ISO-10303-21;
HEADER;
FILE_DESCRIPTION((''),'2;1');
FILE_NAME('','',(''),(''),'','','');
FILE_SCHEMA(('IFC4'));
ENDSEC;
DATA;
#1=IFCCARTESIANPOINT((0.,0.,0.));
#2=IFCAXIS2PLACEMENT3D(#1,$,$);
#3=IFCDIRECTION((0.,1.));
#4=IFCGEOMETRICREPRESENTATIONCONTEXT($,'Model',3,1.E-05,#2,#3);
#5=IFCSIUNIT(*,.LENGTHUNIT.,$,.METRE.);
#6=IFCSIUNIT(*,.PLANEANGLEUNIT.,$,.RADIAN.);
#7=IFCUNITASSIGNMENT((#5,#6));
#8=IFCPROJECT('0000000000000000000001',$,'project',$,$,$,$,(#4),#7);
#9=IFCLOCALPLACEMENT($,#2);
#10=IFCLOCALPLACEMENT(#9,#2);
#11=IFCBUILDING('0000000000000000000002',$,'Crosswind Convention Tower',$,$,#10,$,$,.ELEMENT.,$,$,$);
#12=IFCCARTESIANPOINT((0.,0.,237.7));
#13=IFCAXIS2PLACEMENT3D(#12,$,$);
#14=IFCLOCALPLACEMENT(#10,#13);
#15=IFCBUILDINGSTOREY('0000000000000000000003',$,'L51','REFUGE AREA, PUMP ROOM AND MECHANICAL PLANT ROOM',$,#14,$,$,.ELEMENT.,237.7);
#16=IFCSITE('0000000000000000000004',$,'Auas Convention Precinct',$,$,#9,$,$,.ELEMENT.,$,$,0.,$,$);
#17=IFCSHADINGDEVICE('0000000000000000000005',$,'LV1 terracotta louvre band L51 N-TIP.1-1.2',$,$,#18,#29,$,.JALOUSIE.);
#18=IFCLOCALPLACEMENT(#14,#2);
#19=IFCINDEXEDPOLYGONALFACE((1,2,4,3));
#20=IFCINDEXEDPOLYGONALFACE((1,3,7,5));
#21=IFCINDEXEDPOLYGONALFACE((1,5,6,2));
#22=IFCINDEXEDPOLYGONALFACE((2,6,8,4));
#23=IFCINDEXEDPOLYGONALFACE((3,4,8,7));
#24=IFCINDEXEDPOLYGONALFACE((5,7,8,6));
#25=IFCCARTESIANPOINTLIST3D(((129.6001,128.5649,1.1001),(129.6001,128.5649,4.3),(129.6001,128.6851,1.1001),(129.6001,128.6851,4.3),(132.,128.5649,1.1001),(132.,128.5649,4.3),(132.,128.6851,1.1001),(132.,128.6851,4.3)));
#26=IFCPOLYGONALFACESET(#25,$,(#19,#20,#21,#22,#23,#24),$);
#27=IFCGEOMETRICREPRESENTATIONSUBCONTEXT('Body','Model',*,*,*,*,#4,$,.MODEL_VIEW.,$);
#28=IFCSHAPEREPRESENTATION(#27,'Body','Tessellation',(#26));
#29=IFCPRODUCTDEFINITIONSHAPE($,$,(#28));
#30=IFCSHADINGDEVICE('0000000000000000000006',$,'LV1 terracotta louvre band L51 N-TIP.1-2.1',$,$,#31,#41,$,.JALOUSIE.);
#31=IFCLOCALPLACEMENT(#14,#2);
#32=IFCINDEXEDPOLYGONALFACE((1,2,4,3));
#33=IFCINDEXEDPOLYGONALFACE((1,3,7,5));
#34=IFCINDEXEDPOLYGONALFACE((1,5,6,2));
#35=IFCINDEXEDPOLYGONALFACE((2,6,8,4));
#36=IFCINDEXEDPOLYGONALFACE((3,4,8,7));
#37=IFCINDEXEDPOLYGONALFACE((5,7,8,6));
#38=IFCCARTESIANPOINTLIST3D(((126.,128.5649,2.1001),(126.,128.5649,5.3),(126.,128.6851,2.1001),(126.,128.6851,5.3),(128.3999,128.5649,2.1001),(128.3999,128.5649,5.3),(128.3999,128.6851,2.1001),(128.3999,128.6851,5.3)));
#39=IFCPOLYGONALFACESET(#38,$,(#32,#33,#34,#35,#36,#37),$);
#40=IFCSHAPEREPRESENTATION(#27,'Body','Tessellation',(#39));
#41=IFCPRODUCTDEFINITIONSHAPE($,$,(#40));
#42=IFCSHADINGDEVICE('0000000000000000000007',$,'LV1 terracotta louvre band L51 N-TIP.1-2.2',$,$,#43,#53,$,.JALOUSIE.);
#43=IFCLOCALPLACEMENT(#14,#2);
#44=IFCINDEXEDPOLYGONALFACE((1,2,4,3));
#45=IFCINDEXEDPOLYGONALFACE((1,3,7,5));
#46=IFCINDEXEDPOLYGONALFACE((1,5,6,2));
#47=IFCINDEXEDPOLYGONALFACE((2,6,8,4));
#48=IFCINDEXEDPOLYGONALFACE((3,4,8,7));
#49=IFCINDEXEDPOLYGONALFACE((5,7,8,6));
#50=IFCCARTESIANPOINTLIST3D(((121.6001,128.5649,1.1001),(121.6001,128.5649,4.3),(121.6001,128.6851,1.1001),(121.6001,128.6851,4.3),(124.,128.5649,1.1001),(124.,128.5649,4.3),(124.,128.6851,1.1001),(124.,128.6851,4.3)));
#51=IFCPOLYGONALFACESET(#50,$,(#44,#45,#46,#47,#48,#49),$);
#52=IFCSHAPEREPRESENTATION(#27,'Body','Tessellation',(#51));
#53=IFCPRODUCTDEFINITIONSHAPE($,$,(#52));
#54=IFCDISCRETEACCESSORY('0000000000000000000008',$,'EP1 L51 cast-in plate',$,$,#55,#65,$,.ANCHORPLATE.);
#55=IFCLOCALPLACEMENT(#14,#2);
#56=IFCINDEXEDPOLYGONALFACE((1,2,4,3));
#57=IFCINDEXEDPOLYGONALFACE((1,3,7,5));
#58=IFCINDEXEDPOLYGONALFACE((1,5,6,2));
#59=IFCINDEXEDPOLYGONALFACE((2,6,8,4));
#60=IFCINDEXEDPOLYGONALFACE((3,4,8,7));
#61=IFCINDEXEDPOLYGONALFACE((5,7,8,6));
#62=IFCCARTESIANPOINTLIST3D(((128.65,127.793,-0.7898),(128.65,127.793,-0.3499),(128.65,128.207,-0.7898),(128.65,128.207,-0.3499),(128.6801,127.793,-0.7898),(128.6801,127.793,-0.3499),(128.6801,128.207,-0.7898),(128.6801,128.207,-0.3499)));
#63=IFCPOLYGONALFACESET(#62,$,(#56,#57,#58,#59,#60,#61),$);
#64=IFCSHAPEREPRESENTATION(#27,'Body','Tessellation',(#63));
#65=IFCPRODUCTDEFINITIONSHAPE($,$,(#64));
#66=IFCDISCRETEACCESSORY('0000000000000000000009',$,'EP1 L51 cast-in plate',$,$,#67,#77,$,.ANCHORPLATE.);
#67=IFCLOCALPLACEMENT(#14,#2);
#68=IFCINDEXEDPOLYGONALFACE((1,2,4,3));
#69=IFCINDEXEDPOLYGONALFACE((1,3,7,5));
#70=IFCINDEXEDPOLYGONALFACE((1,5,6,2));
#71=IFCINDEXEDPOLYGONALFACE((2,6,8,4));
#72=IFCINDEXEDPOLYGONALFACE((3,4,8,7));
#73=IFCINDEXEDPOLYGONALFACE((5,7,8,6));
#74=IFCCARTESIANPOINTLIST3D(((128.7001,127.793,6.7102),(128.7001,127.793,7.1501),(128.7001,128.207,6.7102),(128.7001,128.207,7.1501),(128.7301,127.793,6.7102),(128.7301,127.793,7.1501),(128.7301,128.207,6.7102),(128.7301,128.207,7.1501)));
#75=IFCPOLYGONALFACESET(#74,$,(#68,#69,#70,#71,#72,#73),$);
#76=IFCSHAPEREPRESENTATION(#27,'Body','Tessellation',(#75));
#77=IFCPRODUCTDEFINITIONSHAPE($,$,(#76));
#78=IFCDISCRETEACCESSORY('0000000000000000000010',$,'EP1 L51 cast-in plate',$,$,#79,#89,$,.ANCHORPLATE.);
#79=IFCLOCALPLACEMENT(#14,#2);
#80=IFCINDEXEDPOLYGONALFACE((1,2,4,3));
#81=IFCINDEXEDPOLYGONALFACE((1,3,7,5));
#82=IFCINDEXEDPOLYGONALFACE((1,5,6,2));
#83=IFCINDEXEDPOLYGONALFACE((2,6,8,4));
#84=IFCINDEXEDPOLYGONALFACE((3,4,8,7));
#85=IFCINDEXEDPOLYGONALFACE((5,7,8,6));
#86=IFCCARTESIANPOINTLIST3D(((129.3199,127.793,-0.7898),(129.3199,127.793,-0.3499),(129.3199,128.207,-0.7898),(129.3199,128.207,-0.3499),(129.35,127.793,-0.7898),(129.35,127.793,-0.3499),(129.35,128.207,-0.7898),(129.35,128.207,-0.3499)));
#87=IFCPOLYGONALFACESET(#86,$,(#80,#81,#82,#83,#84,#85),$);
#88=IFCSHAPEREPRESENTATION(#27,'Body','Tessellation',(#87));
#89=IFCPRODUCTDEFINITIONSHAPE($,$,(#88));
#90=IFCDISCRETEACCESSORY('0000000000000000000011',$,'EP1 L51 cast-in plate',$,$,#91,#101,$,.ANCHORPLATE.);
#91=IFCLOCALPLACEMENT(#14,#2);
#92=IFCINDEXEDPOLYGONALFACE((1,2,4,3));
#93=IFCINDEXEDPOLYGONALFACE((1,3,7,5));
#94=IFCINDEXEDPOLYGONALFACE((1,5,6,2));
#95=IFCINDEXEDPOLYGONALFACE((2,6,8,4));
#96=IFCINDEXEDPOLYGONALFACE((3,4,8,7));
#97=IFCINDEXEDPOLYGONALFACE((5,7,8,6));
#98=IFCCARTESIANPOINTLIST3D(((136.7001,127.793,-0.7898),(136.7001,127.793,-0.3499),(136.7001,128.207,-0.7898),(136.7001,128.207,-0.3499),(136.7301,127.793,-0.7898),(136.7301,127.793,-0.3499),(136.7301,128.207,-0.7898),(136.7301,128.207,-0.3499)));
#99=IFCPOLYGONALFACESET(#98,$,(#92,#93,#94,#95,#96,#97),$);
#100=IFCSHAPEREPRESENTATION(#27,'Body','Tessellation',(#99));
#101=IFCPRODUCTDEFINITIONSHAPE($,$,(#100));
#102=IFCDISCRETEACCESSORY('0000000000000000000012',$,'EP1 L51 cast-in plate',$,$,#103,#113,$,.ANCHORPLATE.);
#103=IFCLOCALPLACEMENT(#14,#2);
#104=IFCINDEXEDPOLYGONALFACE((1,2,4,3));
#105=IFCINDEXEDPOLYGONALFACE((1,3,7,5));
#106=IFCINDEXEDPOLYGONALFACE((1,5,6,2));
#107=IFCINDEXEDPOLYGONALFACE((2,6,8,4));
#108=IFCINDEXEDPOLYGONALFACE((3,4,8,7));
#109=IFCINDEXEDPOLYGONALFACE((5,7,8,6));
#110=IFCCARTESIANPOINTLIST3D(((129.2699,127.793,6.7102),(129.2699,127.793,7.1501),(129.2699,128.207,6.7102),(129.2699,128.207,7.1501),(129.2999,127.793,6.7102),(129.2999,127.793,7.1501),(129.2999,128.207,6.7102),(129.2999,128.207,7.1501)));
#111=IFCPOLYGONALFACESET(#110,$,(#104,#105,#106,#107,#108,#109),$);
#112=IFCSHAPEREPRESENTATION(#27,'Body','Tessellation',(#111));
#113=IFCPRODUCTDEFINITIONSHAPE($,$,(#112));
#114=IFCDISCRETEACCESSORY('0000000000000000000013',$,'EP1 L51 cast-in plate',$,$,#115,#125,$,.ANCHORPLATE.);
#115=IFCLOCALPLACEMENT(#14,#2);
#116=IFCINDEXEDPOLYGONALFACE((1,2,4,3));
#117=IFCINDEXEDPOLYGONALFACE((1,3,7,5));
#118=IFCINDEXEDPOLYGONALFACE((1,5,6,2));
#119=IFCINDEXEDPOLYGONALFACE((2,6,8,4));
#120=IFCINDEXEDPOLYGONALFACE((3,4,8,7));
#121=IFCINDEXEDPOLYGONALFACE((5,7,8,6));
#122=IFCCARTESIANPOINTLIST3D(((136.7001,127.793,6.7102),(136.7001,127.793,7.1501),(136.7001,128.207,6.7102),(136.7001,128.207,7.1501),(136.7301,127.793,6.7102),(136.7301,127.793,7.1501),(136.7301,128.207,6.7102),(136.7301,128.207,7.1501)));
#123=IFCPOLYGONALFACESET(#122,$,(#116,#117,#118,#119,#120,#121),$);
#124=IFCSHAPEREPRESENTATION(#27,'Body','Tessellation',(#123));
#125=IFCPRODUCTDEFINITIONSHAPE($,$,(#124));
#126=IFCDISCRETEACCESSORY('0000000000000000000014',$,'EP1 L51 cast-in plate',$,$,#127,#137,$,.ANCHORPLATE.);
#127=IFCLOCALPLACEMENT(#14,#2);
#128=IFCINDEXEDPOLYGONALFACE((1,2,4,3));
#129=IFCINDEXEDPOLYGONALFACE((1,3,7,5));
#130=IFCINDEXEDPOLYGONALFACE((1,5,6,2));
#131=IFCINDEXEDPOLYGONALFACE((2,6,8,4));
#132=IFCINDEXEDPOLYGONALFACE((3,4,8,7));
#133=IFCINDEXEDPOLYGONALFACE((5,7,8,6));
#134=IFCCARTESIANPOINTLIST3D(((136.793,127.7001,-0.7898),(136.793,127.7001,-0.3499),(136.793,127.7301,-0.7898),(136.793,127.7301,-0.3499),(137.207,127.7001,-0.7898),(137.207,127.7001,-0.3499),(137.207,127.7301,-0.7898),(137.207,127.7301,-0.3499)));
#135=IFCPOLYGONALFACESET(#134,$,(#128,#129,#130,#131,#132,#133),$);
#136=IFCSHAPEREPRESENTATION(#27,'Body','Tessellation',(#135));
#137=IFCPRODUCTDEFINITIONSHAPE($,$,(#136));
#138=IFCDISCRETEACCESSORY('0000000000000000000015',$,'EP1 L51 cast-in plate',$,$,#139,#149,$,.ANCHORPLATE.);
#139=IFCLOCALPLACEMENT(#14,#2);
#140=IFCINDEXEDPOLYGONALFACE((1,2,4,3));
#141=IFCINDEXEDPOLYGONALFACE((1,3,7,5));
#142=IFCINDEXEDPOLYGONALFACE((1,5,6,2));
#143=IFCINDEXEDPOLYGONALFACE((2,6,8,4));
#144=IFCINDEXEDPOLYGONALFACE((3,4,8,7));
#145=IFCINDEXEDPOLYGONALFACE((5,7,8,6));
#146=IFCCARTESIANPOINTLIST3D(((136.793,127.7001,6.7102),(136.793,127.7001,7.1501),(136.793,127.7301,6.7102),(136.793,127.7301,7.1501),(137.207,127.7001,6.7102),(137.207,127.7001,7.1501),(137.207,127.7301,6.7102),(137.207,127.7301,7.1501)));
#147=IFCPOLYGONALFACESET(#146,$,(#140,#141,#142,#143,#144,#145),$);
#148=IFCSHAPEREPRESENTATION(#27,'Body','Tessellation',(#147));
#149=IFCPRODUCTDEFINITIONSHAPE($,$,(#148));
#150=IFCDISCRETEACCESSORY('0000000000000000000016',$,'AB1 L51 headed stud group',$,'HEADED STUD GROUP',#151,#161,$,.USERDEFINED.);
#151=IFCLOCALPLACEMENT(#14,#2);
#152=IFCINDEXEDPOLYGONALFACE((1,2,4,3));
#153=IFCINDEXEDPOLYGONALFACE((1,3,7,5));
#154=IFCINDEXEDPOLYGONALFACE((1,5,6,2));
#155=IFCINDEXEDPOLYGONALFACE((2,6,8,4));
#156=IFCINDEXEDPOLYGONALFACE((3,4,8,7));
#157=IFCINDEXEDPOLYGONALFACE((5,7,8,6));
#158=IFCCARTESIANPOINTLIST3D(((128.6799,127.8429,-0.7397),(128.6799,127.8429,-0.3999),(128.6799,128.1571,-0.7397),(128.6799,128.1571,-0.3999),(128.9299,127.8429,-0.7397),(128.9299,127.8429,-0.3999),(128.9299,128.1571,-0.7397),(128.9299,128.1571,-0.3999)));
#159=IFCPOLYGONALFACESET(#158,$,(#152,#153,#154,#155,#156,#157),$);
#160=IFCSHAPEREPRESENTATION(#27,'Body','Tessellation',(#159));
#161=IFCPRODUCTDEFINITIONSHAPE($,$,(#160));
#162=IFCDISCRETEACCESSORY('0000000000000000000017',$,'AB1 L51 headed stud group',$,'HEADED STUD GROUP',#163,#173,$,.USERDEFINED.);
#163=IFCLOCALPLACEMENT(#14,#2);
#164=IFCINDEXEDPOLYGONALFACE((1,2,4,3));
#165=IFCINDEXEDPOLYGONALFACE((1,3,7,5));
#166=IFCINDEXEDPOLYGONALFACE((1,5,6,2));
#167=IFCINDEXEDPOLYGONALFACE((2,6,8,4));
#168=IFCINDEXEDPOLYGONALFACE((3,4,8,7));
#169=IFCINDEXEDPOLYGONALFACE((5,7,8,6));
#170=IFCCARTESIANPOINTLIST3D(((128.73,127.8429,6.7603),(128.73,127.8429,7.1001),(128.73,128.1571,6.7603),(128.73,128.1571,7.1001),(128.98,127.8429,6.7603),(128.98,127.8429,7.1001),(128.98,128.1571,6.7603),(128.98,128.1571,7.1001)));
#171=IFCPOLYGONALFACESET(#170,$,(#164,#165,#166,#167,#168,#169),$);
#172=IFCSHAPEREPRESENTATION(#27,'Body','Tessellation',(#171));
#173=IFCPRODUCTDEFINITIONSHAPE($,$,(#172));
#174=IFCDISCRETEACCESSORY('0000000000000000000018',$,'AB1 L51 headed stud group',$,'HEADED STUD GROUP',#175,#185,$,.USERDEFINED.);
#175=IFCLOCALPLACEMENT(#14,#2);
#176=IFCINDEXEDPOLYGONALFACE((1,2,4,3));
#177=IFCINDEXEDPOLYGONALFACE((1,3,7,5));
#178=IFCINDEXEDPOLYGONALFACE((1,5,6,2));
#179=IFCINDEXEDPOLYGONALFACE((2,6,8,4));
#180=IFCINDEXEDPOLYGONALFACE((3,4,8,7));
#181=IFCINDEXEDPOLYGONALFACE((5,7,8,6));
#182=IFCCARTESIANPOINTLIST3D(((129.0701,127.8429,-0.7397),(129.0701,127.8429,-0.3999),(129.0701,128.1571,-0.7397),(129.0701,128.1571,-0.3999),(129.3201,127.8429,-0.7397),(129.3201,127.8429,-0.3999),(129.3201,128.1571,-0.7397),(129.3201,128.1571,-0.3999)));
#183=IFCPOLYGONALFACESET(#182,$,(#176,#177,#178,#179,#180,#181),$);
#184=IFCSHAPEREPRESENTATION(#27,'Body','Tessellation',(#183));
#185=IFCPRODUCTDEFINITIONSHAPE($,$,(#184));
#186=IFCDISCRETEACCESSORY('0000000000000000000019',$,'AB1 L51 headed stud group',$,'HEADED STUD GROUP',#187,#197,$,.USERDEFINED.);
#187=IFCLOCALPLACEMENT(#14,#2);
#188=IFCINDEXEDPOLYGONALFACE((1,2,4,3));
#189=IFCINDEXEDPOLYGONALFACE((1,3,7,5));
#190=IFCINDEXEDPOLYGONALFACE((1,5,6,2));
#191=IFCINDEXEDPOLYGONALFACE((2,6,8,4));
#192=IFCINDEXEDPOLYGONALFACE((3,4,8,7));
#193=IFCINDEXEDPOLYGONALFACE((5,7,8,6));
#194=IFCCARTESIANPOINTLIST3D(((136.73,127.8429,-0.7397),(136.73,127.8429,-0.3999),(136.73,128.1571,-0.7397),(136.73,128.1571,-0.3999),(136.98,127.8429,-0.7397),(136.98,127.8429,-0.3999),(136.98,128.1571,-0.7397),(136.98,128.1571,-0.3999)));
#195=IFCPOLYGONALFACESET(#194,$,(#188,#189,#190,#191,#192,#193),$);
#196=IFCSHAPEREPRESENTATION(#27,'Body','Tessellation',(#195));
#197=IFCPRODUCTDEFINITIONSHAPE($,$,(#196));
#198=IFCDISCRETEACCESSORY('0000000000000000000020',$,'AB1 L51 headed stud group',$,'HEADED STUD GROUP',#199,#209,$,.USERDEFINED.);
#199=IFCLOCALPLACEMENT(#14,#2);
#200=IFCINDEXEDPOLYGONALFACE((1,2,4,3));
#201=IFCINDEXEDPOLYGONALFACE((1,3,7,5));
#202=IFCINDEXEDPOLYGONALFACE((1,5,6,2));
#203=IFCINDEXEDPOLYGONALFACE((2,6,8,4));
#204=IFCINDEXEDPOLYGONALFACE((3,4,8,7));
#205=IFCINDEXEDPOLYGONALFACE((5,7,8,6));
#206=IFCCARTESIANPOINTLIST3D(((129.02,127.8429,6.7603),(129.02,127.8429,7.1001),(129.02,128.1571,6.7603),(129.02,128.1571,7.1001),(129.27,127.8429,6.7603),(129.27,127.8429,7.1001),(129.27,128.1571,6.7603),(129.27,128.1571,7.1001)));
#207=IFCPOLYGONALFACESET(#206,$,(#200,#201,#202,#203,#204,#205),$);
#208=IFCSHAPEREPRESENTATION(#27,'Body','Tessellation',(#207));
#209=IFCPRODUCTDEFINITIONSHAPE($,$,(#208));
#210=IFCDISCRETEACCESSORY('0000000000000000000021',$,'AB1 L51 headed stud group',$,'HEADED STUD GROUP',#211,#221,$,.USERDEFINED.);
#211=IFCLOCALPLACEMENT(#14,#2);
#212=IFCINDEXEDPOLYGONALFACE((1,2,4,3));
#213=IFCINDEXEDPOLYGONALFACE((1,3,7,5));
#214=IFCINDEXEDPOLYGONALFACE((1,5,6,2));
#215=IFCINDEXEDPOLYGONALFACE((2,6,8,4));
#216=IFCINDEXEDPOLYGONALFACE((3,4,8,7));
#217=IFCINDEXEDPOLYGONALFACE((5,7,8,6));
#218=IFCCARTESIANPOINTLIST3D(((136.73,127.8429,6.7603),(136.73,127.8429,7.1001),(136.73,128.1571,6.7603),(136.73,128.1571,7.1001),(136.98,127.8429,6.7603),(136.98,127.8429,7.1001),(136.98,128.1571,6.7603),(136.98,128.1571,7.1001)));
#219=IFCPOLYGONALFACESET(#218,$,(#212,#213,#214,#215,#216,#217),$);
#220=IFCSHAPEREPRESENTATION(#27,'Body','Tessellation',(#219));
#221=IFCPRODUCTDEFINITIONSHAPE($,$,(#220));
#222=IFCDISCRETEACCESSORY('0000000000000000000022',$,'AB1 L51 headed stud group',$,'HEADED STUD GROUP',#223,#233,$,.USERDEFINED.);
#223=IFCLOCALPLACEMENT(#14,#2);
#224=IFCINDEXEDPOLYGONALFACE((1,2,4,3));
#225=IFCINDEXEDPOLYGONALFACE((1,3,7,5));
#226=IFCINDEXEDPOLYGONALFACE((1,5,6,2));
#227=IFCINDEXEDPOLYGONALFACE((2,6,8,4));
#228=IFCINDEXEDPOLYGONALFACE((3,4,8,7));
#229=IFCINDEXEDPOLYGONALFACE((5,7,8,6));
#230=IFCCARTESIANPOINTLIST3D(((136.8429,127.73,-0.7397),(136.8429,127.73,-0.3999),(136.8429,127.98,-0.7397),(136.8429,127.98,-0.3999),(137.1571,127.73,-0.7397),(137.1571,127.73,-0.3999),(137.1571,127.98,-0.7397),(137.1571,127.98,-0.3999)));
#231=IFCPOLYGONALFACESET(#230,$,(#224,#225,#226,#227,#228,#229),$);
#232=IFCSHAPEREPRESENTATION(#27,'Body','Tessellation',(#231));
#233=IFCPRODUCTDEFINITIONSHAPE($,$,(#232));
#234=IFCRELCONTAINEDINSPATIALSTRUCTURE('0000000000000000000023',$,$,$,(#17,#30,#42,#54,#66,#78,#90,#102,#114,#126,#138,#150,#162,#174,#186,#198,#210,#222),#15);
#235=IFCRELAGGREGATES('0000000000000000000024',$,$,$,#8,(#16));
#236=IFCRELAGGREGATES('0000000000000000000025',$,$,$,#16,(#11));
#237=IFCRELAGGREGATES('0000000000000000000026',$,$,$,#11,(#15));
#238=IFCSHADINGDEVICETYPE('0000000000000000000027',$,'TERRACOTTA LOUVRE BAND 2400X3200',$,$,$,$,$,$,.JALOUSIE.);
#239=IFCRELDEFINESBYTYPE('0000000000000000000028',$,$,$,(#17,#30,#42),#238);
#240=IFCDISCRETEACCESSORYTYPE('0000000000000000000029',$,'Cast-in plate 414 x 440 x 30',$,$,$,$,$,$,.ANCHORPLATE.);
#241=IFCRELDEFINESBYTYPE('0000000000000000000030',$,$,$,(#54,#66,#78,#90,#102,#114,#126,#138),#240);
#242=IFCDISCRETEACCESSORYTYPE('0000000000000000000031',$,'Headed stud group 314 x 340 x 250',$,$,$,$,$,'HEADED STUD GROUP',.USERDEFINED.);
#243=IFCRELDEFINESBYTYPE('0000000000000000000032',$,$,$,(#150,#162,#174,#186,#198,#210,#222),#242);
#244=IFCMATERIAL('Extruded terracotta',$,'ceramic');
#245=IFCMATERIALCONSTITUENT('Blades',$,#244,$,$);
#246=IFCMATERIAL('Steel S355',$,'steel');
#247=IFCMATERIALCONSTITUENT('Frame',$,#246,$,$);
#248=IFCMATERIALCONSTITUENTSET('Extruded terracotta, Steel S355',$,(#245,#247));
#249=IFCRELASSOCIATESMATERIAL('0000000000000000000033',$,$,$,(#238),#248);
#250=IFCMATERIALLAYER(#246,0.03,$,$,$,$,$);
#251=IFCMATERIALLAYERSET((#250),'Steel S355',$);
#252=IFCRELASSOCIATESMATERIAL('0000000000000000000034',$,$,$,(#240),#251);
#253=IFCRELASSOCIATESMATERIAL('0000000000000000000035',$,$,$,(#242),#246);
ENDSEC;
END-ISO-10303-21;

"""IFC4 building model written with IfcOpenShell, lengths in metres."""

from ifc_helpers import new_model, si_unit, direction, frame, origin, origin_2d, place, context, subcontext, project, spatial, rectangle, extrude, material, layer, layer_set, constituent, constituent_set, type_object, element, save


model = new_model("IFC4")

# Units and contexts
model_context = context("Model", 3, precision=1e-05, world=origin(), true_north=direction((0.0, 1.0)))
body_context = subcontext(model_context, "Body", "Model", "MODEL_VIEW")
ifc_project = project(units=[si_unit("LENGTHUNIT", "METRE"), si_unit("PLANEANGLEUNIT", "RADIAN")], contexts=[model_context])

# Site, building, storey
site_placement = place(None, origin())
site = spatial("IfcSite", under=ifc_project, at=site_placement, Name="Auas Convention Precinct", CompositionType="ELEMENT", RefElevation=0.0)
building_placement = place(site_placement, origin())
building = spatial("IfcBuilding", under=site, at=building_placement, Name="Crosswind Convention Tower", CompositionType="ELEMENT")
storey_placement = place(building_placement, frame((0.0, 0.0, 237.7)))
storey = spatial("IfcBuildingStorey", under=building, at=storey_placement, Name="L51", Description="REFUGE AREA, PUMP ROOM AND MECHANICAL PLANT ROOM", CompositionType="ELEMENT", Elevation=237.7)

# Shared definitions
ifc_material_1 = material(Name="Steel S355", Category="steel")

# Shading devices
ifc_material_2 = material(Name="Extruded terracotta", Category="ceramic")
ifc_constituent_1 = constituent(ifc_material_2, Name="Blades")
ifc_constituent_2 = constituent(ifc_material_1, Name="Frame")
ifc_constituent_set = constituent_set(constituents=[ifc_constituent_1, ifc_constituent_2], Name="Extruded terracotta, Steel S355")
shading_device_type = type_object("IfcShadingDeviceType", Name="TERRACOTTA LOUVRE BAND 2400X3200", PredefinedType="JALOUSIE", material=ifc_constituent_set)
for number, where, z_axis, x_axis, name in (
    (1, (130.8, 128.625, 1.1001), (0.0, 0.0, 1.0), (-1.0, 0.0, 0.0), "LV1 terracotta louvre band L51 N-TIP.1-1.2"),
    (2, (127.2, 128.625, 2.1001), (0.0, 0.0, 1.0), (-1.0, 0.0, 0.0), "LV1 terracotta louvre band L51 N-TIP.1-2.1"),
    (3, (122.8, 128.625, 1.1001), (0.0, 0.0, 1.0), (-1.0, 0.0, 0.0), "LV1 terracotta louvre band L51 N-TIP.1-2.2"),
):
    element("IfcShadingDevice", number, at=place(storey_placement, frame(where, z_axis=z_axis, x_axis=x_axis)), inside=storey, type_object=shading_device_type, Name=name, PredefinedType="JALOUSIE", context=body_context, shape_type="SweptSolid", body=[
        extrude(rectangle(XDim=2.3999, YDim=0.1201, at=origin_2d()), origin(), (0.0, 0.0, 1.0), 3.2),
    ])

# Discrete accessories
ifc_layer_1 = layer(ifc_material_1, 0.03)
ifc_layer_set_1 = layer_set([ifc_layer_1], Name="Steel S355")
discrete_accessory_type_1 = type_object("IfcDiscreteAccessoryType", Name="Cast-in plate 414 x 440 x 30", PredefinedType="ANCHORPLATE", material=ifc_layer_set_1)
for number, where, z_axis, x_axis, name in (
    (4, (128.665, 128.0, -0.7898), (0.0, 0.0, 1.0), (1.0, 0.0, 0.0), "EP1 L51 cast-in plate"),
    (5, (128.7151, 128.0, 6.7102), (0.0, 0.0, 1.0), (1.0, 0.0, 0.0), "EP1 L51 cast-in plate"),
    (6, (129.335, 128.0, -0.7898), (0.0, 0.0, 1.0), (1.0, 0.0, 0.0), "EP1 L51 cast-in plate"),
    (7, (136.7151, 128.0, -0.7898), (0.0, 0.0, 1.0), (1.0, 0.0, 0.0), "EP1 L51 cast-in plate"),
    (8, (129.2849, 128.0, 6.7102), (0.0, 0.0, 1.0), (1.0, 0.0, 0.0), "EP1 L51 cast-in plate"),
    (9, (136.7151, 128.0, 6.7102), (0.0, 0.0, 1.0), (1.0, 0.0, 0.0), "EP1 L51 cast-in plate"),
):
    element("IfcDiscreteAccessory", number, at=place(storey_placement, frame(where, z_axis=z_axis, x_axis=x_axis)), inside=storey, type_object=discrete_accessory_type_1, Name=name, PredefinedType="ANCHORPLATE", context=body_context, shape_type="SweptSolid", body=[
        extrude(rectangle(XDim=0.03, YDim=0.4141, at=origin_2d()), origin(), (0.0, 0.0, 1.0), 0.4399),
    ])
for number, where, z_axis, x_axis, name in (
    (10, (137.0, 127.7151, -0.7898), (0.0, 0.0, 1.0), (1.0, 0.0, 0.0), "EP1 L51 cast-in plate"),
    (11, (137.0, 127.7151, 6.7102), (0.0, 0.0, 1.0), (1.0, 0.0, 0.0), "EP1 L51 cast-in plate"),
):
    element("IfcDiscreteAccessory", number, at=place(storey_placement, frame(where, z_axis=z_axis, x_axis=x_axis)), inside=storey, type_object=discrete_accessory_type_1, Name=name, PredefinedType="ANCHORPLATE", context=body_context, shape_type="SweptSolid", body=[
        extrude(rectangle(XDim=0.4141, YDim=0.03, at=origin_2d()), origin(), (0.0, 0.0, 1.0), 0.4399),
    ])
discrete_accessory_type_2 = type_object("IfcDiscreteAccessoryType", Name="Headed stud group 314 x 340 x 250", ElementType="HEADED STUD GROUP", PredefinedType="USERDEFINED", material=ifc_material_1)
for number, where, z_axis, x_axis, name in (
    (12, (128.8049, 128.0, -0.7397), (0.0, 0.0, 1.0), (1.0, 0.0, 0.0), "AB1 L51 headed stud group"),
    (13, (128.855, 128.0, 6.7603), (0.0, 0.0, 1.0), (1.0, 0.0, 0.0), "AB1 L51 headed stud group"),
    (14, (129.1951, 128.0, -0.7397), (0.0, 0.0, 1.0), (1.0, 0.0, 0.0), "AB1 L51 headed stud group"),
    (15, (136.855, 128.0, -0.7397), (0.0, 0.0, 1.0), (1.0, 0.0, 0.0), "AB1 L51 headed stud group"),
    (16, (129.145, 128.0, 6.7603), (0.0, 0.0, 1.0), (1.0, 0.0, 0.0), "AB1 L51 headed stud group"),
    (17, (136.855, 128.0, 6.7603), (0.0, 0.0, 1.0), (1.0, 0.0, 0.0), "AB1 L51 headed stud group"),
):
    element("IfcDiscreteAccessory", number, at=place(storey_placement, frame(where, z_axis=z_axis, x_axis=x_axis)), inside=storey, type_object=discrete_accessory_type_2, Name=name, ObjectType="HEADED STUD GROUP", PredefinedType="USERDEFINED", context=body_context, shape_type="SweptSolid", body=[
        extrude(rectangle(XDim=0.25, YDim=0.3142, at=origin_2d()), origin(), (0.0, 0.0, 1.0), 0.3398),
    ])
for number, where, z_axis, x_axis, name in (
    (18, (137.0, 127.855, -0.7397), (0.0, 0.0, 1.0), (1.0, 0.0, 0.0), "AB1 L51 headed stud group"),
):
    element("IfcDiscreteAccessory", number, at=place(storey_placement, frame(where, z_axis=z_axis, x_axis=x_axis)), inside=storey, type_object=discrete_accessory_type_2, Name=name, ObjectType="HEADED STUD GROUP", PredefinedType="USERDEFINED", context=body_context, shape_type="SweptSolid", body=[
        extrude(rectangle(XDim=0.3142, YDim=0.25, at=origin_2d()), origin(), (0.0, 0.0, 1.0), 0.3398),
    ])

save(model, "model.ifc")
